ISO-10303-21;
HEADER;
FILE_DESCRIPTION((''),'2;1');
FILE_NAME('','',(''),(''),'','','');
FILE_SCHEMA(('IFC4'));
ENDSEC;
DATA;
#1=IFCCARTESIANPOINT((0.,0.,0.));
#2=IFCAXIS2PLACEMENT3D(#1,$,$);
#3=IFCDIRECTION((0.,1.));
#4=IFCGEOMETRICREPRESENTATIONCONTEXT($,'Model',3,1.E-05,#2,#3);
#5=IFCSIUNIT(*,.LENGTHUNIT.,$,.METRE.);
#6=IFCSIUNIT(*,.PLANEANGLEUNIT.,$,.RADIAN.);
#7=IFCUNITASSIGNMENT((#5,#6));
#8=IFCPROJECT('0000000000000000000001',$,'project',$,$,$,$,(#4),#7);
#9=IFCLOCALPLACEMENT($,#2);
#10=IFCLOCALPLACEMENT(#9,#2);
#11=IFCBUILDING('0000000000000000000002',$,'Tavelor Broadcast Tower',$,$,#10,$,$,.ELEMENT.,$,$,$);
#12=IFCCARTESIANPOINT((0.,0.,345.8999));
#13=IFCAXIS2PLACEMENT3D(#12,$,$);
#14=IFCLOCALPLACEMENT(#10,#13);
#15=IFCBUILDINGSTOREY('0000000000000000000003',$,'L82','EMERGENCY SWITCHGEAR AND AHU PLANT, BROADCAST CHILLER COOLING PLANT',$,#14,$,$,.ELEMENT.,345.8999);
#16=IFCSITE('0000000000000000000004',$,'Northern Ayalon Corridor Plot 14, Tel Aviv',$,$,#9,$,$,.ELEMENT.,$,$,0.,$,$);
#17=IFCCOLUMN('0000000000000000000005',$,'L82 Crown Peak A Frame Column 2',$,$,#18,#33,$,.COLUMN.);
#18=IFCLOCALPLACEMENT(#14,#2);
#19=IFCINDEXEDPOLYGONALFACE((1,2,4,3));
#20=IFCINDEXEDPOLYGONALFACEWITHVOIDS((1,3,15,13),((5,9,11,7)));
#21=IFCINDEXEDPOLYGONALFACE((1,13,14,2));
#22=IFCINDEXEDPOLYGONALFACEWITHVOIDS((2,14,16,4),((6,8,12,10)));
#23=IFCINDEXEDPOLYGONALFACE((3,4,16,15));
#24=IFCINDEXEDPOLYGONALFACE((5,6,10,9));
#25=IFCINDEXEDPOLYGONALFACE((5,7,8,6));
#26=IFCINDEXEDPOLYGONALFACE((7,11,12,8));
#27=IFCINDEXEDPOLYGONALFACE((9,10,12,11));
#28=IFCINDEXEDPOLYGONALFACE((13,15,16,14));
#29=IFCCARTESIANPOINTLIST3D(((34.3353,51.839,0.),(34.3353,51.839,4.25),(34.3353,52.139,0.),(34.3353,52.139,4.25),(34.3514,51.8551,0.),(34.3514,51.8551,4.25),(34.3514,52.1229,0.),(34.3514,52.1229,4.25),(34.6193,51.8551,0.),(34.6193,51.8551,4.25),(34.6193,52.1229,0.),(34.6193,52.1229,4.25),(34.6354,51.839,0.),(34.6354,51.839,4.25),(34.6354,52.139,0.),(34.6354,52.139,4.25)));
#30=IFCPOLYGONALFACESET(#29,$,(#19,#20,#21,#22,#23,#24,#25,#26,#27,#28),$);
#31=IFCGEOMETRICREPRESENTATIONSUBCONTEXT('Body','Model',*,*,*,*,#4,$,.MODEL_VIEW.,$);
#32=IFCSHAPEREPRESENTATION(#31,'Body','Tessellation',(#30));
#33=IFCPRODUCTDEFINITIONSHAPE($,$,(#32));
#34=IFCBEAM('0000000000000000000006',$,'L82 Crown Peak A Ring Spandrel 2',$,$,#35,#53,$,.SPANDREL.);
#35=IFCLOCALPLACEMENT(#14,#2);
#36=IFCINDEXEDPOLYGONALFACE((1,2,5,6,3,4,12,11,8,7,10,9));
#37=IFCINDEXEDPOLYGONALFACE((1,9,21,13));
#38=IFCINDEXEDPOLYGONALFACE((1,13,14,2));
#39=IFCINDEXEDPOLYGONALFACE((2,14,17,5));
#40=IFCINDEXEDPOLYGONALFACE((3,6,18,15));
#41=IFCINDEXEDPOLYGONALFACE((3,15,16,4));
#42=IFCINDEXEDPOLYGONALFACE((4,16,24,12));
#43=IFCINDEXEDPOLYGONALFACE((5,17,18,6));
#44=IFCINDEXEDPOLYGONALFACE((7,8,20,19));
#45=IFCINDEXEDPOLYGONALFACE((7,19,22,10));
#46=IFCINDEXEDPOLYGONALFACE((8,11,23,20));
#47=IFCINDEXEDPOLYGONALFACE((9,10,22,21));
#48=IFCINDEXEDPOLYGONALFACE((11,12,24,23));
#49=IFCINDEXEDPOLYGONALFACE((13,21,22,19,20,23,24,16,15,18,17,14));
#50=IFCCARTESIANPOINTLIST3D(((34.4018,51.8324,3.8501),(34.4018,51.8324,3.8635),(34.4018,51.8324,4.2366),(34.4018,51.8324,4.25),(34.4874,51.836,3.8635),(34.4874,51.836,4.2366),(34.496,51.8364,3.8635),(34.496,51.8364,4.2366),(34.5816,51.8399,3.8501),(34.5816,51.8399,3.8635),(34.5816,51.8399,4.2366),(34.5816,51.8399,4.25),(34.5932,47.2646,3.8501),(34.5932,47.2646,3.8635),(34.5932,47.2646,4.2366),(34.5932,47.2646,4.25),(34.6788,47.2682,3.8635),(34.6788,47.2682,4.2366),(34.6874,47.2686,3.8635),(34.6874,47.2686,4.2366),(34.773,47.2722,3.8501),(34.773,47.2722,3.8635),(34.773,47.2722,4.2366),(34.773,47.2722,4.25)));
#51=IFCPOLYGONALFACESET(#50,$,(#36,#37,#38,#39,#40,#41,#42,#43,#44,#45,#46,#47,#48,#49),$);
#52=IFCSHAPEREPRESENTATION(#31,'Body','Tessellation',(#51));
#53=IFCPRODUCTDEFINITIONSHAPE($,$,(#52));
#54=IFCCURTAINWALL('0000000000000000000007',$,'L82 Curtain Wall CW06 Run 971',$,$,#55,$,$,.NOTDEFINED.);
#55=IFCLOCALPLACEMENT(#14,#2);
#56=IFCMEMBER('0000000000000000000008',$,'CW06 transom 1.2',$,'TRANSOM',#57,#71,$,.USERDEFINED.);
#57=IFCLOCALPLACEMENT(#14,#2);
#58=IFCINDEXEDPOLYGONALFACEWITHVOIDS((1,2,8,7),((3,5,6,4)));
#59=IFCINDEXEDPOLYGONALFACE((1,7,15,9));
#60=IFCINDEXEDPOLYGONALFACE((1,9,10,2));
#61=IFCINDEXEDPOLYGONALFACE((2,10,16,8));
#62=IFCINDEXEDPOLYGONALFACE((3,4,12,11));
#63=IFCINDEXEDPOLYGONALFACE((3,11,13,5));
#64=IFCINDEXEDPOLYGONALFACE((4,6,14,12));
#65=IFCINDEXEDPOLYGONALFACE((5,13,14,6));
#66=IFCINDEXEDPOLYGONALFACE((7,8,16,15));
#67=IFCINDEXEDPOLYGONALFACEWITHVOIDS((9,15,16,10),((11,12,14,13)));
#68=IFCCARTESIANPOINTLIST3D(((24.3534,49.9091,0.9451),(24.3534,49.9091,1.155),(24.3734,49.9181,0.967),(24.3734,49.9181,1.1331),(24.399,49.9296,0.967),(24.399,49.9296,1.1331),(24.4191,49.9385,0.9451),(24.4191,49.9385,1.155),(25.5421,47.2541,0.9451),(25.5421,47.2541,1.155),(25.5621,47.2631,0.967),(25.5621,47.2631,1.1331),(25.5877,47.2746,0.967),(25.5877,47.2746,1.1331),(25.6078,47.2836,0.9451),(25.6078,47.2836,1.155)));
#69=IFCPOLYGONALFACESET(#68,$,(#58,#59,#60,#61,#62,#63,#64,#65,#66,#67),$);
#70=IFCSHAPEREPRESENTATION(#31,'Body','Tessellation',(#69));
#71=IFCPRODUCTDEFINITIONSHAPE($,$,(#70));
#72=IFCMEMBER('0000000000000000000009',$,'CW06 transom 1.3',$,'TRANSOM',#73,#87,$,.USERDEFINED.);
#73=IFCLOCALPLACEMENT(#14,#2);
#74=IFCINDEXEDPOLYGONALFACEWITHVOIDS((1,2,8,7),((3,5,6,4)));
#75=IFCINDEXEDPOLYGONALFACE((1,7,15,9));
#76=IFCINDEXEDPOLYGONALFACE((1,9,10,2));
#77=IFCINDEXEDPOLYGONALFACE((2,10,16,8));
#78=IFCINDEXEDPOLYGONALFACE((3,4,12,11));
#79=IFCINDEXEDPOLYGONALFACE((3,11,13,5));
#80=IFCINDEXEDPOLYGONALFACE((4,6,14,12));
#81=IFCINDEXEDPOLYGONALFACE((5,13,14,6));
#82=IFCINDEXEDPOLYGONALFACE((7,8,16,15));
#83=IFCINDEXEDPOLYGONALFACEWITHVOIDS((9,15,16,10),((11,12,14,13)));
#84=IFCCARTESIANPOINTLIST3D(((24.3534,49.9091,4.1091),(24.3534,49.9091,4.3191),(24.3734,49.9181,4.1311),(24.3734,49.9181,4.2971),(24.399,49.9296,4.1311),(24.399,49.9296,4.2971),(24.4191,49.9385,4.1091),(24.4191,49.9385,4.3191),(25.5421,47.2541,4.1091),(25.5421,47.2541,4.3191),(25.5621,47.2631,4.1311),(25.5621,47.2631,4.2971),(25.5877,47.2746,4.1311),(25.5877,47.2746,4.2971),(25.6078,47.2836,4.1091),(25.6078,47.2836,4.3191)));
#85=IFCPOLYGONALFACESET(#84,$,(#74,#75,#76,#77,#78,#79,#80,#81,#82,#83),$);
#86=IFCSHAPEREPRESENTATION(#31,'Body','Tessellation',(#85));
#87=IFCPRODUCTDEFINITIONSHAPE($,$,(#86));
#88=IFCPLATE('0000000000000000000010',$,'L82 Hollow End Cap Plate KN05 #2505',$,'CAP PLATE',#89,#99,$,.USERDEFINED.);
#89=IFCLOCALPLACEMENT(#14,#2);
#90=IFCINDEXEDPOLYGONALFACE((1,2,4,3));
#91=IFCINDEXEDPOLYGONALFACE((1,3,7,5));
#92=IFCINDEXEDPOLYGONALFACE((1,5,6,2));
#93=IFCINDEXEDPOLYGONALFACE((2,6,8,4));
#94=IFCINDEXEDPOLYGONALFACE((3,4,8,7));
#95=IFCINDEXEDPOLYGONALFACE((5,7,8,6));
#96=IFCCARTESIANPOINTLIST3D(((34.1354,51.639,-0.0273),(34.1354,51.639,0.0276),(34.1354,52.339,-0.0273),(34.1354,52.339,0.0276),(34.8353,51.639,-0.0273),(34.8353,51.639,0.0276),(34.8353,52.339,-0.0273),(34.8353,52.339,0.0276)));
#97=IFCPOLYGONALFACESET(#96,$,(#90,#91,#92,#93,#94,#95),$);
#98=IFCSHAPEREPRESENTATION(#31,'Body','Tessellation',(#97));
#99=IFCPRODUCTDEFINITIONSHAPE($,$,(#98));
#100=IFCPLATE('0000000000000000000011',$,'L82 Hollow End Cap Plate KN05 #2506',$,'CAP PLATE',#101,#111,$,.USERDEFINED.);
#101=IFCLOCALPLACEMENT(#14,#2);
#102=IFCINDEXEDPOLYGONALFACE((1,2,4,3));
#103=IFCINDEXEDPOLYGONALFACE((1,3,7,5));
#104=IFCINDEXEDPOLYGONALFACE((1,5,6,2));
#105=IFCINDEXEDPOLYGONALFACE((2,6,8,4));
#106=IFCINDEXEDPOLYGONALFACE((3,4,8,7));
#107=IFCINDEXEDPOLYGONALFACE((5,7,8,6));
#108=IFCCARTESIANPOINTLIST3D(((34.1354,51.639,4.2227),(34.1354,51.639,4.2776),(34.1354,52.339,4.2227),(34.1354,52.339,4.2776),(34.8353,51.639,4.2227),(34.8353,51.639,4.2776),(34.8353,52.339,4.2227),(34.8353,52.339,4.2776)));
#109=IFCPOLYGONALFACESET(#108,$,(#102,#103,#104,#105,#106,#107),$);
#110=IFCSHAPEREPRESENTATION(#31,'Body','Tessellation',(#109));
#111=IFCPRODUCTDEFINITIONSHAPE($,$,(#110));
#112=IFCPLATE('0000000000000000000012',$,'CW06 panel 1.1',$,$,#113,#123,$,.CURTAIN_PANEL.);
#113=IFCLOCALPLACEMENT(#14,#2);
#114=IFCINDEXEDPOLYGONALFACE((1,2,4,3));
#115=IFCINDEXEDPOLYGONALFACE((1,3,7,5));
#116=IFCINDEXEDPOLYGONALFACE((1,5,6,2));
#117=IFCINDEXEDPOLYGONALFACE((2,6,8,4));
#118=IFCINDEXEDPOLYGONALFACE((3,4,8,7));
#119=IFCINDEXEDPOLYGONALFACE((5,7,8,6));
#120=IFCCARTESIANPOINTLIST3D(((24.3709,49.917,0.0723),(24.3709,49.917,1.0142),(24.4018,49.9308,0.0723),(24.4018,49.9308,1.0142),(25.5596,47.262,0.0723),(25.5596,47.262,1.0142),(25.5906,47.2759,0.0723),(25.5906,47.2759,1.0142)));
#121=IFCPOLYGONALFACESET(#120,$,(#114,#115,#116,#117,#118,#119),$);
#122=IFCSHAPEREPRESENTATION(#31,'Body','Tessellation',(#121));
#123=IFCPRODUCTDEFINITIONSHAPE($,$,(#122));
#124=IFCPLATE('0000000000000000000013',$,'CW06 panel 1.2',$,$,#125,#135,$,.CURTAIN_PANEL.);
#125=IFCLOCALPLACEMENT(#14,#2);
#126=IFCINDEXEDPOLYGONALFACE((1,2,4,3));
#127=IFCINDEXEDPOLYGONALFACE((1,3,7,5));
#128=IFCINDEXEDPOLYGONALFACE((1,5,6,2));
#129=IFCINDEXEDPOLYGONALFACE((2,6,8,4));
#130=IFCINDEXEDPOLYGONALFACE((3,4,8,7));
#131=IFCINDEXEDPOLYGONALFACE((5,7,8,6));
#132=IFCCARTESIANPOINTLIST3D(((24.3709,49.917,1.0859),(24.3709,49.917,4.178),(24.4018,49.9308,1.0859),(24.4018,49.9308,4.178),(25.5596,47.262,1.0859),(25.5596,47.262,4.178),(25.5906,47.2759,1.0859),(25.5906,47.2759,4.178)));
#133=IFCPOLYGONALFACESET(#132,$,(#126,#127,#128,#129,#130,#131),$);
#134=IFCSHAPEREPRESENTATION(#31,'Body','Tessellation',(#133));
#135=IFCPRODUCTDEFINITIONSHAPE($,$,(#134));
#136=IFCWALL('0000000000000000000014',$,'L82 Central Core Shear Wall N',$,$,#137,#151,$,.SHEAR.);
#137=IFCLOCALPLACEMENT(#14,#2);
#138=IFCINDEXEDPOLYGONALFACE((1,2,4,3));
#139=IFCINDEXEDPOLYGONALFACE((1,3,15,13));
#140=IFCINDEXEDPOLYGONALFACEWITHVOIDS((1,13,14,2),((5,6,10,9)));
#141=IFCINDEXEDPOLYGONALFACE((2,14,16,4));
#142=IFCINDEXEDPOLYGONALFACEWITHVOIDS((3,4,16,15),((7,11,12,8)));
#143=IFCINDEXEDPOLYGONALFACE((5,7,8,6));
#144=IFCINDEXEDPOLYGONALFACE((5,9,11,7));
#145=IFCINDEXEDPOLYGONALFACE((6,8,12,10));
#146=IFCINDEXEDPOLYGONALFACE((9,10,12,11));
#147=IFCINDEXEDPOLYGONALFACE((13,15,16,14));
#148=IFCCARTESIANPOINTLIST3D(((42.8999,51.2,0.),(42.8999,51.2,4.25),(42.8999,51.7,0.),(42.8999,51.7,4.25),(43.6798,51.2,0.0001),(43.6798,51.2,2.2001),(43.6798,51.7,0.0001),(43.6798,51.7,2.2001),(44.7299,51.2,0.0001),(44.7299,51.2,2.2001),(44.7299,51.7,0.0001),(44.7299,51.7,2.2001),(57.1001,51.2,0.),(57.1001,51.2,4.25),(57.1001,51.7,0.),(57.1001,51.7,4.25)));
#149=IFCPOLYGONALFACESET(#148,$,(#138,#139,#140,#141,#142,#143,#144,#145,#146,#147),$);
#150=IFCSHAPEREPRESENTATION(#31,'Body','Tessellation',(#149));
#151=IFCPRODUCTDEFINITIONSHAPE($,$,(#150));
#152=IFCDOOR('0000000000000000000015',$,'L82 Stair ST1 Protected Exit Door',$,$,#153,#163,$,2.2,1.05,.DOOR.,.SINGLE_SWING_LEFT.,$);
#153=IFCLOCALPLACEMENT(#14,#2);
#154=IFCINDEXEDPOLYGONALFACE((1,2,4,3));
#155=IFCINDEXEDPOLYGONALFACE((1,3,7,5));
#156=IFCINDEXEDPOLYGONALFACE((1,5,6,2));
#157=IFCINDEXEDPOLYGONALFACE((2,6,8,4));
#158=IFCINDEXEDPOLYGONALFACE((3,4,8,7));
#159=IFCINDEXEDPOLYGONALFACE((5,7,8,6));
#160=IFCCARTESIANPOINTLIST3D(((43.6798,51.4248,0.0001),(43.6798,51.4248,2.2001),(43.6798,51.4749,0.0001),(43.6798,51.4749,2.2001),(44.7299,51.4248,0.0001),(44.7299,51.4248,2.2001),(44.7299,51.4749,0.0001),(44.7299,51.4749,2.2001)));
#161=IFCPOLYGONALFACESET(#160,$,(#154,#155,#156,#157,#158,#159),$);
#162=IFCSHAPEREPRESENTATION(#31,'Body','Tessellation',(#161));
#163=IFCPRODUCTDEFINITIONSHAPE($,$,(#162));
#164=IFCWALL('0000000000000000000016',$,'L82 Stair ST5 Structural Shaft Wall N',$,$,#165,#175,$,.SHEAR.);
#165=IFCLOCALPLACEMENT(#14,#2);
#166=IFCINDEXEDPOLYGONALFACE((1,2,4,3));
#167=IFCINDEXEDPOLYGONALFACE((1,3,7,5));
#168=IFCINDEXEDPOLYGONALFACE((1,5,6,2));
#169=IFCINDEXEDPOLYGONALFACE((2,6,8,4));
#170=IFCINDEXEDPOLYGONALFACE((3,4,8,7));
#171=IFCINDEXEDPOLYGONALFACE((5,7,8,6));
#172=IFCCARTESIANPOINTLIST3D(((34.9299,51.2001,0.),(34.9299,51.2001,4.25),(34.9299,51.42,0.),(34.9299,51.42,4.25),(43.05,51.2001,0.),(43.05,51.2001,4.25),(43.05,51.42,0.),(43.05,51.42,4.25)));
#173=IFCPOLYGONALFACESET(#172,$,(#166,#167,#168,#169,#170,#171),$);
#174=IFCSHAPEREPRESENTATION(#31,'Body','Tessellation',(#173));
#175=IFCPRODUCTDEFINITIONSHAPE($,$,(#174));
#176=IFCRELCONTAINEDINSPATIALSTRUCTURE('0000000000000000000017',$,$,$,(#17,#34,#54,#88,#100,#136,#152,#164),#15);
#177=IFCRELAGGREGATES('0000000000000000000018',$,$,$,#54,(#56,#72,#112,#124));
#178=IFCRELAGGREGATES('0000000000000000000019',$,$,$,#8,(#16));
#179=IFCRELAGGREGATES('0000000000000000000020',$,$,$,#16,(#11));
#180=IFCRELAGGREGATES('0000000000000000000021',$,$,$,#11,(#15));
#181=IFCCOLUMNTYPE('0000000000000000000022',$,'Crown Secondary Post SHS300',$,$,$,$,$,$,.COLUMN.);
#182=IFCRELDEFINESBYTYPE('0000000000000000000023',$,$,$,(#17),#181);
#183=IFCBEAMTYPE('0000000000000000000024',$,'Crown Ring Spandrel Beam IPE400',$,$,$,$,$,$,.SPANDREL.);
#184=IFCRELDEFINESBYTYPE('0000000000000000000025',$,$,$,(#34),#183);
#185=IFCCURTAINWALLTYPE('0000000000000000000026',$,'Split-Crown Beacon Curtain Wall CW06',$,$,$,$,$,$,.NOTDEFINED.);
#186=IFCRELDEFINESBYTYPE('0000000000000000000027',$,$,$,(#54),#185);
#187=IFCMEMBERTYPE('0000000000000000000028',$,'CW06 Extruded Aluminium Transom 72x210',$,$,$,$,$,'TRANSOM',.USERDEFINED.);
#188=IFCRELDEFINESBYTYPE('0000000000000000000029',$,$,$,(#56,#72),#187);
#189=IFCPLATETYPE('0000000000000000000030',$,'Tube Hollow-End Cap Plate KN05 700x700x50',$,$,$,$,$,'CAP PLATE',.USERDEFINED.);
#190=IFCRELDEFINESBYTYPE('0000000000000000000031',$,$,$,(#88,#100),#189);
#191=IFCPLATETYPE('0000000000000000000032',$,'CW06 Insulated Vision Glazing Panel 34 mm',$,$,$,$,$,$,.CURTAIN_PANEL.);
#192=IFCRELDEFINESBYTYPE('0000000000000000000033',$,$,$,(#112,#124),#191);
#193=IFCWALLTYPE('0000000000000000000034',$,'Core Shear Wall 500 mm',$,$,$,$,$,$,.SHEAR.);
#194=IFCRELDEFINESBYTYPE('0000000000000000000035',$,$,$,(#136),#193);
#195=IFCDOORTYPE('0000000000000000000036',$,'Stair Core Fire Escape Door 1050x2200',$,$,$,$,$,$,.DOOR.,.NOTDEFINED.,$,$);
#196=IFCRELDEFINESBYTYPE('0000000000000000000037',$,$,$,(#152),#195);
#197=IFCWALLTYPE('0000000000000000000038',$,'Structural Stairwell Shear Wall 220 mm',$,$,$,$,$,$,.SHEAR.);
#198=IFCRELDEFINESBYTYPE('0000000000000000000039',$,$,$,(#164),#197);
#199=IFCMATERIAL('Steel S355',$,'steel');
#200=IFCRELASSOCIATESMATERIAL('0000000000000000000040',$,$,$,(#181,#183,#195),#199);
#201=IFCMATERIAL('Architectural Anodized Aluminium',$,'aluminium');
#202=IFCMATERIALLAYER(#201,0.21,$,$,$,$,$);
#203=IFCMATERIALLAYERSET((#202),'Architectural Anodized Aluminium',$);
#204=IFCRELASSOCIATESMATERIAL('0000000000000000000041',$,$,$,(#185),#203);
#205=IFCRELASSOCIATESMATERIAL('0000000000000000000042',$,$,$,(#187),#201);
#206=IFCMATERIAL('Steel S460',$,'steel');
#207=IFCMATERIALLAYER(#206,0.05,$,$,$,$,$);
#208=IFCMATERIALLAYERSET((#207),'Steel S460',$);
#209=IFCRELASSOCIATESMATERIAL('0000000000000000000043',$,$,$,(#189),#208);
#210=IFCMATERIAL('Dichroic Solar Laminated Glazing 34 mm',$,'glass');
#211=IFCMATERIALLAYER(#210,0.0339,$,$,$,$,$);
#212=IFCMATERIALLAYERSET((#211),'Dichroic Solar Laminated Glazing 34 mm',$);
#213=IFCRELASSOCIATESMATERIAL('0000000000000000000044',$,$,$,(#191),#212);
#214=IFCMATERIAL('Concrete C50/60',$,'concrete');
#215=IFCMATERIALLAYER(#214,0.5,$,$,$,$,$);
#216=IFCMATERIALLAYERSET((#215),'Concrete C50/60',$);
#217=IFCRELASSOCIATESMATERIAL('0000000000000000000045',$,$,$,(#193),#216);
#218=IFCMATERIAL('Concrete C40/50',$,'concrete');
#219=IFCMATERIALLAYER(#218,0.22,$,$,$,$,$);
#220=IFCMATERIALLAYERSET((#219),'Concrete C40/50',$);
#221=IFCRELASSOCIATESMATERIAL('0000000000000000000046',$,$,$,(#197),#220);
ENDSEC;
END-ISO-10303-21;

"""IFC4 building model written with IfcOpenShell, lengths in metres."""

from ifc_helpers import new_model, si_unit, direction, frame, frame_2d, origin, origin_2d, place, context, subcontext, project, spatial, rectangle, hollow_rectangle, i_section, extrude, source, transform, mapped, material, layer, layer_set, material_profile, profile_set, type_object, type_shapes, element, fill, aggregate, save


model = new_model("IFC4")

# Units and contexts
model_context = context("Model", 3, precision=1e-05, world=origin(), true_north=direction((0.0, 1.0)))
body_context = subcontext(model_context, "Body", "Model", "MODEL_VIEW")
ifc_project = project(units=[si_unit("LENGTHUNIT", "METRE"), si_unit("PLANEANGLEUNIT", "RADIAN")], contexts=[model_context])

# Site, building, storey
site_placement = place(None, origin())
site = spatial("IfcSite", under=ifc_project, at=site_placement, Name="Northern Ayalon Corridor Plot 14, Tel Aviv", CompositionType="ELEMENT", RefElevation=0.0)
building_placement = place(site_placement, origin())
building = spatial("IfcBuilding", under=site, at=building_placement, Name="Tavelor Broadcast Tower", CompositionType="ELEMENT")
storey_placement = place(building_placement, frame((0.0, 0.0, 345.8999)))
storey = spatial("IfcBuildingStorey", under=building, at=storey_placement, Name="L82", Description="EMERGENCY SWITCHGEAR AND AHU PLANT, BROADCAST CHILLER COOLING PLANT", CompositionType="ELEMENT", Elevation=345.8999)

# Column
ifc_material_1 = material(Name="Steel S355", Category="steel")
ifc_material_profile_1 = material_profile(ifc_material_1, hollow_rectangle(XDim=0.3, YDim=0.3, WallThickness=0.0161, at=origin_2d()), Name="SHS 300x300x16")
ifc_profile_set_1 = profile_set([ifc_material_profile_1], Name="Steel S355")
column_type = type_object("IfcColumnType", Name="Crown Secondary Post SHS300", PredefinedType="COLUMN", material=ifc_profile_set_1)
column_placement = place(storey_placement, frame((34.4854, 51.989, 0.0), z_axis=(0.0, 0.0, 1.0), x_axis=(1.0, 0.0, 0.0)))
element("IfcColumn", 1, at=column_placement, inside=storey, type_object=column_type, Name="L82 Crown Peak A Frame Column 2", PredefinedType="COLUMN", context=body_context, shape_type="SweptSolid", body=[
    extrude(hollow_rectangle(XDim=0.3, YDim=0.3, WallThickness=0.0161, at=origin_2d()), origin(), (0.0, 0.0, 1.0), 4.25),
])

# Beam
ifc_material_profile_2 = material_profile(ifc_material_1, i_section(OverallWidth=0.1799, OverallDepth=0.3999, WebThickness=0.0085, FlangeThickness=0.0134, at=origin_2d()), Name="IPE 400")
ifc_profile_set_2 = profile_set([ifc_material_profile_2], Name="Steel S355")
beam_type = type_object("IfcBeamType", Name="Crown Ring Spandrel Beam IPE400", PredefinedType="SPANDREL", material=ifc_profile_set_2)
beam_placement = place(storey_placement, frame((34.4917, 51.8362, 4.05), z_axis=(0.041866, -0.999123, 0.0), x_axis=(0.999123, 0.041866, 0.0)))
element("IfcBeam", 2, at=beam_placement, inside=storey, type_object=beam_type, Name="L82 Crown Peak A Ring Spandrel 2", PredefinedType="SPANDREL", context=body_context, shape_type="SweptSolid", body=[
    extrude(i_section(OverallWidth=0.1799, OverallDepth=0.3999, WebThickness=0.0085, FlangeThickness=0.0134, at=origin_2d()), origin(), (0.0, 0.0, 1.0), 4.5718),
])

# Curtain wall, members
ifc_material_2 = material(Name="Architectural Anodized Aluminium", Category="aluminium")
ifc_layer_1 = layer(ifc_material_2, 0.21)
ifc_layer_set_1 = layer_set([ifc_layer_1], Name="Architectural Anodized Aluminium")
curtain_wall_type = type_object("IfcCurtainWallType", Name="Split-Crown Beacon Curtain Wall CW06", PredefinedType="NOTDEFINED", material=ifc_layer_set_1)
curtain_wall_placement = place(storey_placement, origin())
curtain_wall = element("IfcCurtainWall", 3, at=curtain_wall_placement, inside=storey, type_object=curtain_wall_type, Name="L82 Curtain Wall CW06 Run 971", PredefinedType="NOTDEFINED")
ifc_material_profile_3 = material_profile(ifc_material_2, hollow_rectangle(XDim=0.072, YDim=0.21, WallThickness=0.022, at=origin_2d()), Name="RHS 72x210x22")
ifc_profile_set_3 = profile_set([ifc_material_profile_3], Name="Architectural Anodized Aluminium")
member_type = type_object("IfcMemberType", Name="CW06 Extruded Aluminium Transom 72x210", ElementType="TRANSOM", PredefinedType="USERDEFINED", material=ifc_profile_set_3)
shared_shape_1 = source(origin(), body_context, "Body", "SweptSolid", [
    extrude(hollow_rectangle(XDim=0.072, YDim=0.21, WallThickness=0.022, at=origin_2d()), origin(), (0.0, 0.0, 1.0), 2.9089),
])
type_shapes(member_type, [shared_shape_1])
member_1_placement = place(storey_placement, frame((24.3862, 49.9238, 1.05), z_axis=(0.408637, -0.912697, 0.0), x_axis=(0.912697, 0.408637, 0.0)))
member_1 = element("IfcMember", 4, at=member_1_placement, type_object=member_type, Name="CW06 transom 1.2", ObjectType="TRANSOM", PredefinedType="USERDEFINED", context=body_context, shape_type="MappedRepresentation", body=[
    mapped(shared_shape_1, transform((0.0, 0.0, 0.0), scale=1.0)),
])
member_2_placement = place(storey_placement, frame((24.3862, 49.9238, 4.2141), z_axis=(0.408637, -0.912697, 0.0), x_axis=(0.912697, 0.408637, 0.0)))
member_2 = element("IfcMember", 5, at=member_2_placement, type_object=member_type, Name="CW06 transom 1.3", ObjectType="TRANSOM", PredefinedType="USERDEFINED", context=body_context, shape_type="MappedRepresentation", body=[
    mapped(shared_shape_1, transform((0.0, 0.0, 0.0), scale=1.0)),
])

# Plates
ifc_material_3 = material(Name="Steel S460", Category="steel")
ifc_layer_2 = layer(ifc_material_3, 0.05)
ifc_layer_set_2 = layer_set([ifc_layer_2], Name="Steel S460")
plate_type_1 = type_object("IfcPlateType", Name="Tube Hollow-End Cap Plate KN05 700x700x50", ElementType="CAP PLATE", PredefinedType="USERDEFINED", material=ifc_layer_set_2)
shared_shape_2 = source(origin(), body_context, "Body", "SweptSolid", [
    extrude(rectangle(XDim=0.7, YDim=0.7, at=origin_2d()), origin(), (0.0, 0.0, 1.0), 0.0549),
])
type_shapes(plate_type_1, [shared_shape_2])
for number, where, z_axis, x_axis, name in (
    (6, (34.4854, 51.989, -0.0273), (0.0, 0.0, 1.0), (1.0, 0.0, 0.0), "L82 Hollow End Cap Plate KN05 #2505"),
    (7, (34.4854, 51.989, 4.2227), (0.0, 0.0, 1.0), (1.0, 0.0, 0.0), "L82 Hollow End Cap Plate KN05 #2506"),
):
    element("IfcPlate", number, at=place(storey_placement, frame(where, z_axis=z_axis, x_axis=x_axis)), inside=storey, type_object=plate_type_1, Name=name, ObjectType="CAP PLATE", PredefinedType="USERDEFINED", context=body_context, shape_type="MappedRepresentation", body=[
        mapped(shared_shape_2, transform((0.0, 0.0, 0.0), scale=1.0)),
    ])

# Plates
ifc_material_4 = material(Name="Dichroic Solar Laminated Glazing 34 mm", Category="glass")
ifc_layer_3 = layer(ifc_material_4, 0.0339)
ifc_layer_set_3 = layer_set([ifc_layer_3], Name="Dichroic Solar Laminated Glazing 34 mm")
plate_type_2 = type_object("IfcPlateType", Name="CW06 Insulated Vision Glazing Panel 34 mm", PredefinedType="CURTAIN_PANEL", material=ifc_layer_set_3)
shared_shape_3 = source(origin(), body_context, "Body", "SweptSolid", [
    extrude(rectangle(XDim=2.9089, YDim=0.0339, at=origin_2d()), origin(), (0.0, 0.0, 1.0), 0.9419),
])
plate_1_placement = place(storey_placement, frame((24.9807, 48.5964, 0.0723), z_axis=(0.0, 0.0, 1.0), x_axis=(0.408649, -0.912691, 0.0)))
plate_1 = element("IfcPlate", 8, at=plate_1_placement, type_object=plate_type_2, Name="CW06 panel 1.1", PredefinedType="CURTAIN_PANEL", context=body_context, shape_type="MappedRepresentation", body=[
    mapped(shared_shape_3, transform((0.0, 0.0, 0.0), scale=1.0)),
])
shared_shape_4 = source(origin(), body_context, "Body", "SweptSolid", [
    extrude(rectangle(XDim=2.9089, YDim=0.0339, at=origin_2d()), origin(), (0.0, 0.0, 1.0), 3.092),
])
type_shapes(plate_type_2, [shared_shape_3, shared_shape_4])
plate_2_placement = place(storey_placement, frame((24.9807, 48.5964, 1.0859), z_axis=(0.0, 0.0, 1.0), x_axis=(0.408649, -0.912691, 0.0)))
plate_2 = element("IfcPlate", 9, at=plate_2_placement, type_object=plate_type_2, Name="CW06 panel 1.2", PredefinedType="CURTAIN_PANEL", context=body_context, shape_type="MappedRepresentation", body=[
    mapped(shared_shape_4, transform((0.0, 0.0, 0.0), scale=1.0)),
])
aggregate(curtain_wall, [member_1, member_2, plate_1, plate_2])

# Wall, opening, door
ifc_material_5 = material(Name="Concrete C50/60", Category="concrete")
ifc_layer_4 = layer(ifc_material_5, 0.5)
ifc_layer_set_4 = layer_set([ifc_layer_4], Name="Concrete C50/60")
wall_type_1 = type_object("IfcWallType", Name="Core Shear Wall 500 mm", PredefinedType="SHEAR", material=ifc_layer_set_4)
wall_1_placement = place(storey_placement, frame((42.8999, 51.45, 0.0), z_axis=(0.0, 0.0, 1.0), x_axis=(1.0, 0.0, 0.0)))
wall_1 = element("IfcWall", 10, at=wall_1_placement, inside=storey, type_object=wall_type_1, Name="L82 Central Core Shear Wall N", PredefinedType="SHEAR", context=body_context, shape_type="SweptSolid", body=[
    extrude(rectangle(XDim=14.2002, YDim=0.5, at=frame_2d((7.1001, 0.0))), origin(), (0.0, 0.0, 1.0), 4.25),
])
opening_placement = place(wall_1_placement, frame((0.78, 0.0, 0.0)))
opening = element("IfcOpeningElement", 11, at=opening_placement, cuts=wall_1, PredefinedType="OPENING", context=body_context, shape_type="SweptSolid", body=[
    extrude(rectangle(XDim=1.05, YDim=2.2, at=frame_2d((0.5249, 1.1001))), frame((0.0, 0.26, 0.0), z_axis=(0.0, -1.0, 0.0), x_axis=(1.0, 0.0, 0.0)), (0.0, 0.0, 1.0), 0.52),
])
door_type = type_object("IfcDoorType", Name="Stair Core Fire Escape Door 1050x2200", OperationType="NOTDEFINED", PredefinedType="DOOR", material=ifc_material_1)
door_placement = place(opening_placement, origin())
door = element("IfcDoor", 12, at=door_placement, inside=storey, type_object=door_type, Name="L82 Stair ST1 Protected Exit Door", OperationType="SINGLE_SWING_LEFT", OverallHeight=2.2, OverallWidth=1.05, PredefinedType="DOOR", context=body_context, shape_type="SweptSolid", body=[
    extrude(rectangle(XDim=1.05, YDim=2.2, at=frame_2d((0.5249, 1.1001))), frame((0.0, 0.0249, 0.0), z_axis=(0.0, -1.0, 0.0), x_axis=(1.0, 0.0, 0.0)), (0.0, 0.0, 1.0), 0.05),
])
fill(opening, door)

# Wall
ifc_material_6 = material(Name="Concrete C40/50", Category="concrete")
ifc_layer_5 = layer(ifc_material_6, 0.22)
ifc_layer_set_5 = layer_set([ifc_layer_5], Name="Concrete C40/50")
wall_type_2 = type_object("IfcWallType", Name="Structural Stairwell Shear Wall 220 mm", PredefinedType="SHEAR", material=ifc_layer_set_5)
wall_2_placement = place(storey_placement, frame((34.9299, 51.3101, 0.0), z_axis=(0.0, 0.0, 1.0), x_axis=(1.0, 0.0, 0.0)))
element("IfcWall", 13, at=wall_2_placement, inside=storey, type_object=wall_type_2, Name="L82 Stair ST5 Structural Shaft Wall N", PredefinedType="SHEAR", context=body_context, shape_type="SweptSolid", body=[
    extrude(rectangle(XDim=8.1201, YDim=0.22, at=frame_2d((4.0601, 0.0))), origin(), (0.0, 0.0, 1.0), 4.25),
])

save(model, "model.ifc")
